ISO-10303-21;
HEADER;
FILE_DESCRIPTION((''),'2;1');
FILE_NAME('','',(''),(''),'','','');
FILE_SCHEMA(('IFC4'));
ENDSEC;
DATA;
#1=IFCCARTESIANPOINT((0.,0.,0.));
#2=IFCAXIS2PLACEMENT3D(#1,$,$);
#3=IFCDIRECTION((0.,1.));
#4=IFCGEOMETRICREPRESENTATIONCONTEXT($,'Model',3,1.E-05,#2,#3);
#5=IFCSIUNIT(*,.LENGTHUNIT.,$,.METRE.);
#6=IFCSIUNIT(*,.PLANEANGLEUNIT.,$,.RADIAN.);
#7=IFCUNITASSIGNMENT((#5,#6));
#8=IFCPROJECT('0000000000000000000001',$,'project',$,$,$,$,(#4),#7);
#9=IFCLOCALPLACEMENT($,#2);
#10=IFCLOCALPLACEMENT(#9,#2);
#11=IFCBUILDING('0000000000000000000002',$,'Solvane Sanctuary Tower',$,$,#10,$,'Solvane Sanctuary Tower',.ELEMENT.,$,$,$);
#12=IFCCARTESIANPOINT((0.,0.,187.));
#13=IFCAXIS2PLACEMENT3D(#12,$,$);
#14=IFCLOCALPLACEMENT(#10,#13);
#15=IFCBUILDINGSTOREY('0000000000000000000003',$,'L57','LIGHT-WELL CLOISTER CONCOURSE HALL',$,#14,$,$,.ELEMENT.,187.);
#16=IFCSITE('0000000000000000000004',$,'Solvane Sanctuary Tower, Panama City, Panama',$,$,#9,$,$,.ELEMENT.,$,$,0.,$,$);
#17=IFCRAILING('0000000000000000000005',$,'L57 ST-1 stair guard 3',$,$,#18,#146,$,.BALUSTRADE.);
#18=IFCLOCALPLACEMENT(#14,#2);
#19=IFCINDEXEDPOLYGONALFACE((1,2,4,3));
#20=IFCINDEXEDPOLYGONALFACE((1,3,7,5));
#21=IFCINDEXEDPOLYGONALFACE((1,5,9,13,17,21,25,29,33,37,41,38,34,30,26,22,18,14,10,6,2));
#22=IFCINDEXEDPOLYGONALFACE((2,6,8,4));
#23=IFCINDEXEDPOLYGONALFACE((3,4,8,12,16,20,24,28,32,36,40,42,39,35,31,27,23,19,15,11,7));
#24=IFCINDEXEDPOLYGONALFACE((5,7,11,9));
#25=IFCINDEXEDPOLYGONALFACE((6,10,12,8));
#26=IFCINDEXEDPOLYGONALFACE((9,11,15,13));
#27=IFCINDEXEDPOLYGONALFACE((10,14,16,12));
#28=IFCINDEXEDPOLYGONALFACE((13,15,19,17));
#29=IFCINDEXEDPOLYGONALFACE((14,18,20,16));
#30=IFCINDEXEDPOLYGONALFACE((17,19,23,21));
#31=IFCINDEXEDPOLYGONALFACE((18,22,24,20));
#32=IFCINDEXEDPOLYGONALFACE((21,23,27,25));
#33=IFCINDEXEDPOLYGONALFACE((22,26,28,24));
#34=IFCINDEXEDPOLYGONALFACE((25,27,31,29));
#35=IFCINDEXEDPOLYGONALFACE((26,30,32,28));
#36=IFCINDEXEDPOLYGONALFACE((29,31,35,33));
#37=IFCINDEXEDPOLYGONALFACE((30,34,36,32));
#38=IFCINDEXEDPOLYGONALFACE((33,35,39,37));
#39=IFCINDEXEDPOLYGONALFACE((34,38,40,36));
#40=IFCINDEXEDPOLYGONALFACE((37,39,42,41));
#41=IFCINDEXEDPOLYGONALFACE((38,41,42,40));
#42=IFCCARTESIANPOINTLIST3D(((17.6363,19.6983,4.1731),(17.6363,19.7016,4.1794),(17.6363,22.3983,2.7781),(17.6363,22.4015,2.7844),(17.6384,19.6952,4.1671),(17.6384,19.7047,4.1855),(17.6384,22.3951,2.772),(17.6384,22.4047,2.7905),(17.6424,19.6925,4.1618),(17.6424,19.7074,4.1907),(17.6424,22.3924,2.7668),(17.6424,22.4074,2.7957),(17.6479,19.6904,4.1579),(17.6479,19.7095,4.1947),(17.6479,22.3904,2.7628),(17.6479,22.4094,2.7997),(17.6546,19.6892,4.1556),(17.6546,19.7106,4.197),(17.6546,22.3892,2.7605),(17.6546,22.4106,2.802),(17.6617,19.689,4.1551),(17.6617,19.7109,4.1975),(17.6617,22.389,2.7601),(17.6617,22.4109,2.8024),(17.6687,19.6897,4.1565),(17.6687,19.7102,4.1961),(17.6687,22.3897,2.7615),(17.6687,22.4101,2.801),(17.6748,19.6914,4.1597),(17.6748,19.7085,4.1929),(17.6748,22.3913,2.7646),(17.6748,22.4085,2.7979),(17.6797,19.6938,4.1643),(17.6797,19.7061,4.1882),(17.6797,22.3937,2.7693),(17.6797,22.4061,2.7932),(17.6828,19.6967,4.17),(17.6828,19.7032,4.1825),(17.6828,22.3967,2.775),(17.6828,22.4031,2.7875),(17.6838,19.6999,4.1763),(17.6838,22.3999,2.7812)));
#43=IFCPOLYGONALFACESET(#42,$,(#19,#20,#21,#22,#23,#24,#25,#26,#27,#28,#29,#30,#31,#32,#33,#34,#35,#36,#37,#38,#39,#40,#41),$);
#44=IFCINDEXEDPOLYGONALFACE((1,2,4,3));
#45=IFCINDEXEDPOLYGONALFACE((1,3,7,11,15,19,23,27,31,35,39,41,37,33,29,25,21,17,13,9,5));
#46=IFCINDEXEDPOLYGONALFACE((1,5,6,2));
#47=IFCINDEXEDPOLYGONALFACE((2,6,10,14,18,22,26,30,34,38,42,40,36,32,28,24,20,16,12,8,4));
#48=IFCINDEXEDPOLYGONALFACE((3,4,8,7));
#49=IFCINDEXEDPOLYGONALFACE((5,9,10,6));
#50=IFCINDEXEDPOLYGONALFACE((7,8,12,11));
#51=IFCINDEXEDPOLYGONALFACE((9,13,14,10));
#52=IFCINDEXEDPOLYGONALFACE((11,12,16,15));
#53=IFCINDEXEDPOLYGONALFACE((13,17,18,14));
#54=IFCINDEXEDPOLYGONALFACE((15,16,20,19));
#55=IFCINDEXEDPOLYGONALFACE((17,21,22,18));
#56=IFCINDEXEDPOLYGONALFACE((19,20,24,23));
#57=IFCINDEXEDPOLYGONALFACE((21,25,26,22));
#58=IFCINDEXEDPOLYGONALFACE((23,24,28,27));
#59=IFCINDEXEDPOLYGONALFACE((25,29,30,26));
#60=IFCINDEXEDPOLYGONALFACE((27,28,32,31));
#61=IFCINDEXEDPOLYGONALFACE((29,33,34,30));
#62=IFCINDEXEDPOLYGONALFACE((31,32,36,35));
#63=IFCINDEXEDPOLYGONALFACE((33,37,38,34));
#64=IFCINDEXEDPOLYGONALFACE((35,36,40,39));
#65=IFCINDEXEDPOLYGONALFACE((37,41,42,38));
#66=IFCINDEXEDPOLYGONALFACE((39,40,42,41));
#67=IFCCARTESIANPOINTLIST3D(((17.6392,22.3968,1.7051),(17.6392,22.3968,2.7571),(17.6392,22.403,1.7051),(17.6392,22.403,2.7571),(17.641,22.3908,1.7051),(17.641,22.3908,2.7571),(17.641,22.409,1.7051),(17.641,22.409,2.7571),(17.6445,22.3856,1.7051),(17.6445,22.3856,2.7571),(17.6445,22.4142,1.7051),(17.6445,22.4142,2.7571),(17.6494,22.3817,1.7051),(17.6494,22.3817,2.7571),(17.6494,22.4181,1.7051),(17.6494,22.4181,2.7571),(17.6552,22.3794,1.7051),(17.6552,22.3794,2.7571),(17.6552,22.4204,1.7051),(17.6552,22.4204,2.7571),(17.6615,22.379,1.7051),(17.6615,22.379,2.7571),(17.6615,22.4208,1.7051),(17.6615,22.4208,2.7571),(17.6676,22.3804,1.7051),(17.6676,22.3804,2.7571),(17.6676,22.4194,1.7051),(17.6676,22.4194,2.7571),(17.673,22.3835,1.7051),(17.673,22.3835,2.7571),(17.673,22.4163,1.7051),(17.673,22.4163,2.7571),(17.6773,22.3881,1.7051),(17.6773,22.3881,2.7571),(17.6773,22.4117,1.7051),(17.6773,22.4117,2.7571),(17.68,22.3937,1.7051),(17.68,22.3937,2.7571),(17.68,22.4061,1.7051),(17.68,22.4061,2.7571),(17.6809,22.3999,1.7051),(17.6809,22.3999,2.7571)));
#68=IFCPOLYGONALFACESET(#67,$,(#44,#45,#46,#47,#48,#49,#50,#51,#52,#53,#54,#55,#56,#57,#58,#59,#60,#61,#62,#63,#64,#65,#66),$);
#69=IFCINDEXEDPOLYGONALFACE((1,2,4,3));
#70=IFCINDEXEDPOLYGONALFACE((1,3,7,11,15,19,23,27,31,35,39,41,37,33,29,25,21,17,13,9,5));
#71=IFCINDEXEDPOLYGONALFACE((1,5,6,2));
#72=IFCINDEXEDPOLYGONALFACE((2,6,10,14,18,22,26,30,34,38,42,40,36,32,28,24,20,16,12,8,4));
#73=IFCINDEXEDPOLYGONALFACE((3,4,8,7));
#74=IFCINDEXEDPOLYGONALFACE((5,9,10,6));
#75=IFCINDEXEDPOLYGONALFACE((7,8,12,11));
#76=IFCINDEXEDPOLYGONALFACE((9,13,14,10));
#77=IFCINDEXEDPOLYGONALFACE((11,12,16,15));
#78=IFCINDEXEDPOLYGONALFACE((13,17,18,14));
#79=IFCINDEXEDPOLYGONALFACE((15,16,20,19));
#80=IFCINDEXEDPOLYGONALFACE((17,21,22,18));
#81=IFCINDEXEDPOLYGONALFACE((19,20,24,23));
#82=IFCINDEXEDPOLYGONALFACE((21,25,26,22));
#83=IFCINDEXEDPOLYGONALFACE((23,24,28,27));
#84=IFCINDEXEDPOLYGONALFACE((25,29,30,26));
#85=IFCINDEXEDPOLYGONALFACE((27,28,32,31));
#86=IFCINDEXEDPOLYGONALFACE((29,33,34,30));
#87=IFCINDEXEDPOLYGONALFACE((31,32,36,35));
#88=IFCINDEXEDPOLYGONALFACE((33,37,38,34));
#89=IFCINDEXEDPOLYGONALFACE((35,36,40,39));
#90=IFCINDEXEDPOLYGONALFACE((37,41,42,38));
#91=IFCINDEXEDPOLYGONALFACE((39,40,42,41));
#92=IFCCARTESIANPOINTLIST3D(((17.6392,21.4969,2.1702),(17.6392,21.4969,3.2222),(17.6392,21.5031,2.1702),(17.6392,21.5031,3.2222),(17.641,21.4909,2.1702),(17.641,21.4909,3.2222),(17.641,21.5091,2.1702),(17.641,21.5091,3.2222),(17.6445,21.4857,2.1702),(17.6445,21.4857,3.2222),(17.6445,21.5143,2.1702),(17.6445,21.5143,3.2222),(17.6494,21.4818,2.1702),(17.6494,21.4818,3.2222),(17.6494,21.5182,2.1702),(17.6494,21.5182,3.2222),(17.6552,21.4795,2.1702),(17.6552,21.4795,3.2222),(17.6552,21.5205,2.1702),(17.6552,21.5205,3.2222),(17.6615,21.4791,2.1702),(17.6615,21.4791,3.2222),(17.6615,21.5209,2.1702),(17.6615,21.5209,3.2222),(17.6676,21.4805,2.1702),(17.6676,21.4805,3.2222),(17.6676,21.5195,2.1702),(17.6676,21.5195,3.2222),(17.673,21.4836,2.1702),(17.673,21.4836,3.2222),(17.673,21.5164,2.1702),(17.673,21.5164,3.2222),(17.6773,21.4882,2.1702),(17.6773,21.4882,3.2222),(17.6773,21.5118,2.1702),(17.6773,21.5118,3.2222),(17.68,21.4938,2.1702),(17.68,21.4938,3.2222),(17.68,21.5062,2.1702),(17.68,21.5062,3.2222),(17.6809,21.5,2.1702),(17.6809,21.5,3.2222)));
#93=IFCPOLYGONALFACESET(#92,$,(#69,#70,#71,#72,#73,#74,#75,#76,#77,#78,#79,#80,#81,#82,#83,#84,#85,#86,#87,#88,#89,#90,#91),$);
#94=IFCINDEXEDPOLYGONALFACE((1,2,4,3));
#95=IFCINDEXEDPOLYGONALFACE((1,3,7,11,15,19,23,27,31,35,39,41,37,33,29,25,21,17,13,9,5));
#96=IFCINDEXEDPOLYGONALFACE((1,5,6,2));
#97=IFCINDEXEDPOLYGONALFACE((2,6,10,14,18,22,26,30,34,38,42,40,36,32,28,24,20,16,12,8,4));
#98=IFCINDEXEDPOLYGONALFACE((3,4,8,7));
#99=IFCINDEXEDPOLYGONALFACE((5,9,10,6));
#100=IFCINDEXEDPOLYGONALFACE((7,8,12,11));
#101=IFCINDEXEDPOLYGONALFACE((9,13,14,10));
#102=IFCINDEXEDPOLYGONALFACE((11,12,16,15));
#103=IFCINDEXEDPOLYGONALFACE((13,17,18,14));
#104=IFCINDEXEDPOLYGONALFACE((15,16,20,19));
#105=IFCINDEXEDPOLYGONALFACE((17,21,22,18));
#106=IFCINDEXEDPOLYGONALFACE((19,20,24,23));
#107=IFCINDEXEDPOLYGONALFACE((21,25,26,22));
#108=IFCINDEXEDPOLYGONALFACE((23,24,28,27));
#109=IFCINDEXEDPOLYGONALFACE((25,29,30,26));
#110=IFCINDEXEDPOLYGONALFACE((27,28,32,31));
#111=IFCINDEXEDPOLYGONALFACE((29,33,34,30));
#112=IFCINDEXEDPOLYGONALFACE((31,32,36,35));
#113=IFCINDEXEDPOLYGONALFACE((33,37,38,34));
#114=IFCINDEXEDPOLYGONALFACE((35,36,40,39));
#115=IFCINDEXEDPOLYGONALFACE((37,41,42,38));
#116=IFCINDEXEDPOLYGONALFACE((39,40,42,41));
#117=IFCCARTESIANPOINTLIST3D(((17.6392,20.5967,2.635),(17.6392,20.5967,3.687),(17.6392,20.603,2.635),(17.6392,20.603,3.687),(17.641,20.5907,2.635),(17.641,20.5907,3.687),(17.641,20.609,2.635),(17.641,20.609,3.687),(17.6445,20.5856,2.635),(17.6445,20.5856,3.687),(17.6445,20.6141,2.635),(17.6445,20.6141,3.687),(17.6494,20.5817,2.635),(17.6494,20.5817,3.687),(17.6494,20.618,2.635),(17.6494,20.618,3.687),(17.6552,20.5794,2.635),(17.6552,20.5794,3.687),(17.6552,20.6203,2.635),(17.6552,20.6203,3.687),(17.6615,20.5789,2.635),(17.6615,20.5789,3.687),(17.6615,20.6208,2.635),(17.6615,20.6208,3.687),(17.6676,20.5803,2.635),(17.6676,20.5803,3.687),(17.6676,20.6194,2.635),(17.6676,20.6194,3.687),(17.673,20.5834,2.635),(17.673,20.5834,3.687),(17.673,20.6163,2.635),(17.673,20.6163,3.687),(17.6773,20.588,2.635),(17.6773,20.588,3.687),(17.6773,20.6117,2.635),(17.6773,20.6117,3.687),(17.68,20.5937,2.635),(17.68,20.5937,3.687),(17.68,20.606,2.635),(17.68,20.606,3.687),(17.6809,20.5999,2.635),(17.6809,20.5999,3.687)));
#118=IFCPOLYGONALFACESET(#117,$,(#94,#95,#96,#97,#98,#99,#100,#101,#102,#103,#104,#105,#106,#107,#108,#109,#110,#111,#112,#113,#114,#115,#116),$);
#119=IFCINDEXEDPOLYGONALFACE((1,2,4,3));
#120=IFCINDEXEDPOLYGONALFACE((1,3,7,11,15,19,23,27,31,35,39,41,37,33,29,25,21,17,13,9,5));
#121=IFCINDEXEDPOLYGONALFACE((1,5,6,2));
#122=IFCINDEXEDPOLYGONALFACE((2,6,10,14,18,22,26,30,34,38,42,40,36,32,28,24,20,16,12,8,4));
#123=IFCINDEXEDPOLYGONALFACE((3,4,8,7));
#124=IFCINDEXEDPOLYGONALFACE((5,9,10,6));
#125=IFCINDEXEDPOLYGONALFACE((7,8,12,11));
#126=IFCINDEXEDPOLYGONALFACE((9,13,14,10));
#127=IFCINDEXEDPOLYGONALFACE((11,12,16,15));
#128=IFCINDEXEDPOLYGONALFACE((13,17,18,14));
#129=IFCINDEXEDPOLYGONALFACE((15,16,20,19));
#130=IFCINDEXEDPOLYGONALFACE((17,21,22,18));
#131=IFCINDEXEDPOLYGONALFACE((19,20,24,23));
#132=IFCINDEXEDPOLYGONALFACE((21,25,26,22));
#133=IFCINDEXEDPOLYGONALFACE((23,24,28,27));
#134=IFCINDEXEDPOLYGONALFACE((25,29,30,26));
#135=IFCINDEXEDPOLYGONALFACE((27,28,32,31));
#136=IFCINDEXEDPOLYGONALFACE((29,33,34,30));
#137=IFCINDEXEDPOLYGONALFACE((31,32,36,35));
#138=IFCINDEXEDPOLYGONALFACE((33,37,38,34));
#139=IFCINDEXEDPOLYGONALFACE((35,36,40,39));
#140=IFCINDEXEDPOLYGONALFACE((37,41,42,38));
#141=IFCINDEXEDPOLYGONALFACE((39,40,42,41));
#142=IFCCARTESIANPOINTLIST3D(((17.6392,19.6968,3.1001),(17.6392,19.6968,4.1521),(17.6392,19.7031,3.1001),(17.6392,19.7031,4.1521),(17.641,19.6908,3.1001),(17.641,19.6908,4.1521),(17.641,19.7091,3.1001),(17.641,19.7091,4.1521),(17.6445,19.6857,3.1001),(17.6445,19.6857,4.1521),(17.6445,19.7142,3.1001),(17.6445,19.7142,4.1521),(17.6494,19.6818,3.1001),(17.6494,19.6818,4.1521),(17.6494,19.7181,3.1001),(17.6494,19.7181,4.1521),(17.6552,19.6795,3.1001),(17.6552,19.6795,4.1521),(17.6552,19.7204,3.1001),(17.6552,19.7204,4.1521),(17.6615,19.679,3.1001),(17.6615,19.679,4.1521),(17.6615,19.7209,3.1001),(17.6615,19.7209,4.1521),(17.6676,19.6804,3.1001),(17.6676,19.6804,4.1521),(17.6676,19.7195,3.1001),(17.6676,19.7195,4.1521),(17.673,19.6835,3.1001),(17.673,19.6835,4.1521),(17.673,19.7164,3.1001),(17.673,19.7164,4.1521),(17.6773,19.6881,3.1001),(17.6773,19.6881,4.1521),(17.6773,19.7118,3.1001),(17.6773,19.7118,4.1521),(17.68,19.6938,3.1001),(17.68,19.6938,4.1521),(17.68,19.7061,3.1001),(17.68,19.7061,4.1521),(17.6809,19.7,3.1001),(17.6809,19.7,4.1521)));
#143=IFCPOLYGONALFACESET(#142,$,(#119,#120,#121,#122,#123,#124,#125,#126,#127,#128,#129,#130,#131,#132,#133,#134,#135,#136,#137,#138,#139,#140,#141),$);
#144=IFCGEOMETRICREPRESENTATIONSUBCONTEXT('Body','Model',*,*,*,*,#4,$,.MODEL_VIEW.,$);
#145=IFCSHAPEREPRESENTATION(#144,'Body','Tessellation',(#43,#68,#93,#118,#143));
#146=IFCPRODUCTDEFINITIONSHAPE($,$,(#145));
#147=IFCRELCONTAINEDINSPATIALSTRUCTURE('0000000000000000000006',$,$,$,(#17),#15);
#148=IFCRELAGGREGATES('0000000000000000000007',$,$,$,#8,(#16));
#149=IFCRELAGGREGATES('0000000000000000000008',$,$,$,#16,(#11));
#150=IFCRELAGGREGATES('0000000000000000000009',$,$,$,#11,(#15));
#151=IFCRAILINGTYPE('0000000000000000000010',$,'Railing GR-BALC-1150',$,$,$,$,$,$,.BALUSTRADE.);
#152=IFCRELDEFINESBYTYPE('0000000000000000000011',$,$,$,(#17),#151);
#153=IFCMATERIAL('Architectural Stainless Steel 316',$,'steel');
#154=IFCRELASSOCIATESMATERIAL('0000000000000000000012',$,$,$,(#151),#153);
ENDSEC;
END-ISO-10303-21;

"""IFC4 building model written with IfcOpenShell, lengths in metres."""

from ifc_helpers import new_model, si_unit, direction, frame, origin, origin_2d, place, context, subcontext, project, spatial, circle, extrude, material, type_object, element, save


model = new_model("IFC4")

# Units and contexts
model_context = context("Model", 3, precision=1e-05, world=origin(), true_north=direction((0.0, 1.0)))
body_context = subcontext(model_context, "Body", "Model", "MODEL_VIEW")
ifc_project = project(units=[si_unit("LENGTHUNIT", "METRE"), si_unit("PLANEANGLEUNIT", "RADIAN")], contexts=[model_context])

# Site, building, storey
site_placement = place(None, origin())
site = spatial("IfcSite", under=ifc_project, at=site_placement, Name="Solvane Sanctuary Tower, Panama City, Panama", CompositionType="ELEMENT", RefElevation=0.0)
building_placement = place(site_placement, origin())
building = spatial("IfcBuilding", under=site, at=building_placement, Name="Solvane Sanctuary Tower", LongName="Solvane Sanctuary Tower", CompositionType="ELEMENT")
storey_placement = place(building_placement, frame((0.0, 0.0, 187.0)))
storey = spatial("IfcBuildingStorey", under=building, at=storey_placement, Name="L57", Description="LIGHT-WELL CLOISTER CONCOURSE HALL", CompositionType="ELEMENT", Elevation=187.0)

# Railing
ifc_material_1 = material(Name="Architectural Stainless Steel 316", Category="steel")
railing_type_1 = type_object("IfcRailingType", Name="Railing GR-BALC-1150", PredefinedType="BALUSTRADE", material=ifc_material_1)
railing_1_placement = place(storey_placement, frame((17.6599, 22.3999, 1.7051)))
element("IfcRailing", 1, at=railing_1_placement, inside=storey, type_object=railing_type_1, Name="L57 ST-1 stair guard 3", PredefinedType="BALUSTRADE", context=body_context, shape_type="SweptSolid", body=[
    extrude(circle(Radius=0.0239, at=origin_2d()), frame((0.0, 0.0, 1.0762), z_axis=(0.0, -0.88842, 0.459032), x_axis=(1.0, 0.0, 0.0)), (0.0, 0.0, 1.0), 3.0391),
    extrude(circle(Radius=0.021, at=origin_2d()), origin(), (0.0, 0.0, 1.0), 1.052),
    extrude(circle(Radius=0.021, at=origin_2d()), frame((0.0, -0.8999, 0.4651)), (0.0, 0.0, 1.0), 1.052),
    extrude(circle(Radius=0.021, at=origin_2d()), frame((0.0, -1.8, 0.9299)), (0.0, 0.0, 1.0), 1.052),
    extrude(circle(Radius=0.021, at=origin_2d()), frame((0.0, -2.7, 1.395)), (0.0, 0.0, 1.0), 1.052),
])

save(model, "model.ifc")
